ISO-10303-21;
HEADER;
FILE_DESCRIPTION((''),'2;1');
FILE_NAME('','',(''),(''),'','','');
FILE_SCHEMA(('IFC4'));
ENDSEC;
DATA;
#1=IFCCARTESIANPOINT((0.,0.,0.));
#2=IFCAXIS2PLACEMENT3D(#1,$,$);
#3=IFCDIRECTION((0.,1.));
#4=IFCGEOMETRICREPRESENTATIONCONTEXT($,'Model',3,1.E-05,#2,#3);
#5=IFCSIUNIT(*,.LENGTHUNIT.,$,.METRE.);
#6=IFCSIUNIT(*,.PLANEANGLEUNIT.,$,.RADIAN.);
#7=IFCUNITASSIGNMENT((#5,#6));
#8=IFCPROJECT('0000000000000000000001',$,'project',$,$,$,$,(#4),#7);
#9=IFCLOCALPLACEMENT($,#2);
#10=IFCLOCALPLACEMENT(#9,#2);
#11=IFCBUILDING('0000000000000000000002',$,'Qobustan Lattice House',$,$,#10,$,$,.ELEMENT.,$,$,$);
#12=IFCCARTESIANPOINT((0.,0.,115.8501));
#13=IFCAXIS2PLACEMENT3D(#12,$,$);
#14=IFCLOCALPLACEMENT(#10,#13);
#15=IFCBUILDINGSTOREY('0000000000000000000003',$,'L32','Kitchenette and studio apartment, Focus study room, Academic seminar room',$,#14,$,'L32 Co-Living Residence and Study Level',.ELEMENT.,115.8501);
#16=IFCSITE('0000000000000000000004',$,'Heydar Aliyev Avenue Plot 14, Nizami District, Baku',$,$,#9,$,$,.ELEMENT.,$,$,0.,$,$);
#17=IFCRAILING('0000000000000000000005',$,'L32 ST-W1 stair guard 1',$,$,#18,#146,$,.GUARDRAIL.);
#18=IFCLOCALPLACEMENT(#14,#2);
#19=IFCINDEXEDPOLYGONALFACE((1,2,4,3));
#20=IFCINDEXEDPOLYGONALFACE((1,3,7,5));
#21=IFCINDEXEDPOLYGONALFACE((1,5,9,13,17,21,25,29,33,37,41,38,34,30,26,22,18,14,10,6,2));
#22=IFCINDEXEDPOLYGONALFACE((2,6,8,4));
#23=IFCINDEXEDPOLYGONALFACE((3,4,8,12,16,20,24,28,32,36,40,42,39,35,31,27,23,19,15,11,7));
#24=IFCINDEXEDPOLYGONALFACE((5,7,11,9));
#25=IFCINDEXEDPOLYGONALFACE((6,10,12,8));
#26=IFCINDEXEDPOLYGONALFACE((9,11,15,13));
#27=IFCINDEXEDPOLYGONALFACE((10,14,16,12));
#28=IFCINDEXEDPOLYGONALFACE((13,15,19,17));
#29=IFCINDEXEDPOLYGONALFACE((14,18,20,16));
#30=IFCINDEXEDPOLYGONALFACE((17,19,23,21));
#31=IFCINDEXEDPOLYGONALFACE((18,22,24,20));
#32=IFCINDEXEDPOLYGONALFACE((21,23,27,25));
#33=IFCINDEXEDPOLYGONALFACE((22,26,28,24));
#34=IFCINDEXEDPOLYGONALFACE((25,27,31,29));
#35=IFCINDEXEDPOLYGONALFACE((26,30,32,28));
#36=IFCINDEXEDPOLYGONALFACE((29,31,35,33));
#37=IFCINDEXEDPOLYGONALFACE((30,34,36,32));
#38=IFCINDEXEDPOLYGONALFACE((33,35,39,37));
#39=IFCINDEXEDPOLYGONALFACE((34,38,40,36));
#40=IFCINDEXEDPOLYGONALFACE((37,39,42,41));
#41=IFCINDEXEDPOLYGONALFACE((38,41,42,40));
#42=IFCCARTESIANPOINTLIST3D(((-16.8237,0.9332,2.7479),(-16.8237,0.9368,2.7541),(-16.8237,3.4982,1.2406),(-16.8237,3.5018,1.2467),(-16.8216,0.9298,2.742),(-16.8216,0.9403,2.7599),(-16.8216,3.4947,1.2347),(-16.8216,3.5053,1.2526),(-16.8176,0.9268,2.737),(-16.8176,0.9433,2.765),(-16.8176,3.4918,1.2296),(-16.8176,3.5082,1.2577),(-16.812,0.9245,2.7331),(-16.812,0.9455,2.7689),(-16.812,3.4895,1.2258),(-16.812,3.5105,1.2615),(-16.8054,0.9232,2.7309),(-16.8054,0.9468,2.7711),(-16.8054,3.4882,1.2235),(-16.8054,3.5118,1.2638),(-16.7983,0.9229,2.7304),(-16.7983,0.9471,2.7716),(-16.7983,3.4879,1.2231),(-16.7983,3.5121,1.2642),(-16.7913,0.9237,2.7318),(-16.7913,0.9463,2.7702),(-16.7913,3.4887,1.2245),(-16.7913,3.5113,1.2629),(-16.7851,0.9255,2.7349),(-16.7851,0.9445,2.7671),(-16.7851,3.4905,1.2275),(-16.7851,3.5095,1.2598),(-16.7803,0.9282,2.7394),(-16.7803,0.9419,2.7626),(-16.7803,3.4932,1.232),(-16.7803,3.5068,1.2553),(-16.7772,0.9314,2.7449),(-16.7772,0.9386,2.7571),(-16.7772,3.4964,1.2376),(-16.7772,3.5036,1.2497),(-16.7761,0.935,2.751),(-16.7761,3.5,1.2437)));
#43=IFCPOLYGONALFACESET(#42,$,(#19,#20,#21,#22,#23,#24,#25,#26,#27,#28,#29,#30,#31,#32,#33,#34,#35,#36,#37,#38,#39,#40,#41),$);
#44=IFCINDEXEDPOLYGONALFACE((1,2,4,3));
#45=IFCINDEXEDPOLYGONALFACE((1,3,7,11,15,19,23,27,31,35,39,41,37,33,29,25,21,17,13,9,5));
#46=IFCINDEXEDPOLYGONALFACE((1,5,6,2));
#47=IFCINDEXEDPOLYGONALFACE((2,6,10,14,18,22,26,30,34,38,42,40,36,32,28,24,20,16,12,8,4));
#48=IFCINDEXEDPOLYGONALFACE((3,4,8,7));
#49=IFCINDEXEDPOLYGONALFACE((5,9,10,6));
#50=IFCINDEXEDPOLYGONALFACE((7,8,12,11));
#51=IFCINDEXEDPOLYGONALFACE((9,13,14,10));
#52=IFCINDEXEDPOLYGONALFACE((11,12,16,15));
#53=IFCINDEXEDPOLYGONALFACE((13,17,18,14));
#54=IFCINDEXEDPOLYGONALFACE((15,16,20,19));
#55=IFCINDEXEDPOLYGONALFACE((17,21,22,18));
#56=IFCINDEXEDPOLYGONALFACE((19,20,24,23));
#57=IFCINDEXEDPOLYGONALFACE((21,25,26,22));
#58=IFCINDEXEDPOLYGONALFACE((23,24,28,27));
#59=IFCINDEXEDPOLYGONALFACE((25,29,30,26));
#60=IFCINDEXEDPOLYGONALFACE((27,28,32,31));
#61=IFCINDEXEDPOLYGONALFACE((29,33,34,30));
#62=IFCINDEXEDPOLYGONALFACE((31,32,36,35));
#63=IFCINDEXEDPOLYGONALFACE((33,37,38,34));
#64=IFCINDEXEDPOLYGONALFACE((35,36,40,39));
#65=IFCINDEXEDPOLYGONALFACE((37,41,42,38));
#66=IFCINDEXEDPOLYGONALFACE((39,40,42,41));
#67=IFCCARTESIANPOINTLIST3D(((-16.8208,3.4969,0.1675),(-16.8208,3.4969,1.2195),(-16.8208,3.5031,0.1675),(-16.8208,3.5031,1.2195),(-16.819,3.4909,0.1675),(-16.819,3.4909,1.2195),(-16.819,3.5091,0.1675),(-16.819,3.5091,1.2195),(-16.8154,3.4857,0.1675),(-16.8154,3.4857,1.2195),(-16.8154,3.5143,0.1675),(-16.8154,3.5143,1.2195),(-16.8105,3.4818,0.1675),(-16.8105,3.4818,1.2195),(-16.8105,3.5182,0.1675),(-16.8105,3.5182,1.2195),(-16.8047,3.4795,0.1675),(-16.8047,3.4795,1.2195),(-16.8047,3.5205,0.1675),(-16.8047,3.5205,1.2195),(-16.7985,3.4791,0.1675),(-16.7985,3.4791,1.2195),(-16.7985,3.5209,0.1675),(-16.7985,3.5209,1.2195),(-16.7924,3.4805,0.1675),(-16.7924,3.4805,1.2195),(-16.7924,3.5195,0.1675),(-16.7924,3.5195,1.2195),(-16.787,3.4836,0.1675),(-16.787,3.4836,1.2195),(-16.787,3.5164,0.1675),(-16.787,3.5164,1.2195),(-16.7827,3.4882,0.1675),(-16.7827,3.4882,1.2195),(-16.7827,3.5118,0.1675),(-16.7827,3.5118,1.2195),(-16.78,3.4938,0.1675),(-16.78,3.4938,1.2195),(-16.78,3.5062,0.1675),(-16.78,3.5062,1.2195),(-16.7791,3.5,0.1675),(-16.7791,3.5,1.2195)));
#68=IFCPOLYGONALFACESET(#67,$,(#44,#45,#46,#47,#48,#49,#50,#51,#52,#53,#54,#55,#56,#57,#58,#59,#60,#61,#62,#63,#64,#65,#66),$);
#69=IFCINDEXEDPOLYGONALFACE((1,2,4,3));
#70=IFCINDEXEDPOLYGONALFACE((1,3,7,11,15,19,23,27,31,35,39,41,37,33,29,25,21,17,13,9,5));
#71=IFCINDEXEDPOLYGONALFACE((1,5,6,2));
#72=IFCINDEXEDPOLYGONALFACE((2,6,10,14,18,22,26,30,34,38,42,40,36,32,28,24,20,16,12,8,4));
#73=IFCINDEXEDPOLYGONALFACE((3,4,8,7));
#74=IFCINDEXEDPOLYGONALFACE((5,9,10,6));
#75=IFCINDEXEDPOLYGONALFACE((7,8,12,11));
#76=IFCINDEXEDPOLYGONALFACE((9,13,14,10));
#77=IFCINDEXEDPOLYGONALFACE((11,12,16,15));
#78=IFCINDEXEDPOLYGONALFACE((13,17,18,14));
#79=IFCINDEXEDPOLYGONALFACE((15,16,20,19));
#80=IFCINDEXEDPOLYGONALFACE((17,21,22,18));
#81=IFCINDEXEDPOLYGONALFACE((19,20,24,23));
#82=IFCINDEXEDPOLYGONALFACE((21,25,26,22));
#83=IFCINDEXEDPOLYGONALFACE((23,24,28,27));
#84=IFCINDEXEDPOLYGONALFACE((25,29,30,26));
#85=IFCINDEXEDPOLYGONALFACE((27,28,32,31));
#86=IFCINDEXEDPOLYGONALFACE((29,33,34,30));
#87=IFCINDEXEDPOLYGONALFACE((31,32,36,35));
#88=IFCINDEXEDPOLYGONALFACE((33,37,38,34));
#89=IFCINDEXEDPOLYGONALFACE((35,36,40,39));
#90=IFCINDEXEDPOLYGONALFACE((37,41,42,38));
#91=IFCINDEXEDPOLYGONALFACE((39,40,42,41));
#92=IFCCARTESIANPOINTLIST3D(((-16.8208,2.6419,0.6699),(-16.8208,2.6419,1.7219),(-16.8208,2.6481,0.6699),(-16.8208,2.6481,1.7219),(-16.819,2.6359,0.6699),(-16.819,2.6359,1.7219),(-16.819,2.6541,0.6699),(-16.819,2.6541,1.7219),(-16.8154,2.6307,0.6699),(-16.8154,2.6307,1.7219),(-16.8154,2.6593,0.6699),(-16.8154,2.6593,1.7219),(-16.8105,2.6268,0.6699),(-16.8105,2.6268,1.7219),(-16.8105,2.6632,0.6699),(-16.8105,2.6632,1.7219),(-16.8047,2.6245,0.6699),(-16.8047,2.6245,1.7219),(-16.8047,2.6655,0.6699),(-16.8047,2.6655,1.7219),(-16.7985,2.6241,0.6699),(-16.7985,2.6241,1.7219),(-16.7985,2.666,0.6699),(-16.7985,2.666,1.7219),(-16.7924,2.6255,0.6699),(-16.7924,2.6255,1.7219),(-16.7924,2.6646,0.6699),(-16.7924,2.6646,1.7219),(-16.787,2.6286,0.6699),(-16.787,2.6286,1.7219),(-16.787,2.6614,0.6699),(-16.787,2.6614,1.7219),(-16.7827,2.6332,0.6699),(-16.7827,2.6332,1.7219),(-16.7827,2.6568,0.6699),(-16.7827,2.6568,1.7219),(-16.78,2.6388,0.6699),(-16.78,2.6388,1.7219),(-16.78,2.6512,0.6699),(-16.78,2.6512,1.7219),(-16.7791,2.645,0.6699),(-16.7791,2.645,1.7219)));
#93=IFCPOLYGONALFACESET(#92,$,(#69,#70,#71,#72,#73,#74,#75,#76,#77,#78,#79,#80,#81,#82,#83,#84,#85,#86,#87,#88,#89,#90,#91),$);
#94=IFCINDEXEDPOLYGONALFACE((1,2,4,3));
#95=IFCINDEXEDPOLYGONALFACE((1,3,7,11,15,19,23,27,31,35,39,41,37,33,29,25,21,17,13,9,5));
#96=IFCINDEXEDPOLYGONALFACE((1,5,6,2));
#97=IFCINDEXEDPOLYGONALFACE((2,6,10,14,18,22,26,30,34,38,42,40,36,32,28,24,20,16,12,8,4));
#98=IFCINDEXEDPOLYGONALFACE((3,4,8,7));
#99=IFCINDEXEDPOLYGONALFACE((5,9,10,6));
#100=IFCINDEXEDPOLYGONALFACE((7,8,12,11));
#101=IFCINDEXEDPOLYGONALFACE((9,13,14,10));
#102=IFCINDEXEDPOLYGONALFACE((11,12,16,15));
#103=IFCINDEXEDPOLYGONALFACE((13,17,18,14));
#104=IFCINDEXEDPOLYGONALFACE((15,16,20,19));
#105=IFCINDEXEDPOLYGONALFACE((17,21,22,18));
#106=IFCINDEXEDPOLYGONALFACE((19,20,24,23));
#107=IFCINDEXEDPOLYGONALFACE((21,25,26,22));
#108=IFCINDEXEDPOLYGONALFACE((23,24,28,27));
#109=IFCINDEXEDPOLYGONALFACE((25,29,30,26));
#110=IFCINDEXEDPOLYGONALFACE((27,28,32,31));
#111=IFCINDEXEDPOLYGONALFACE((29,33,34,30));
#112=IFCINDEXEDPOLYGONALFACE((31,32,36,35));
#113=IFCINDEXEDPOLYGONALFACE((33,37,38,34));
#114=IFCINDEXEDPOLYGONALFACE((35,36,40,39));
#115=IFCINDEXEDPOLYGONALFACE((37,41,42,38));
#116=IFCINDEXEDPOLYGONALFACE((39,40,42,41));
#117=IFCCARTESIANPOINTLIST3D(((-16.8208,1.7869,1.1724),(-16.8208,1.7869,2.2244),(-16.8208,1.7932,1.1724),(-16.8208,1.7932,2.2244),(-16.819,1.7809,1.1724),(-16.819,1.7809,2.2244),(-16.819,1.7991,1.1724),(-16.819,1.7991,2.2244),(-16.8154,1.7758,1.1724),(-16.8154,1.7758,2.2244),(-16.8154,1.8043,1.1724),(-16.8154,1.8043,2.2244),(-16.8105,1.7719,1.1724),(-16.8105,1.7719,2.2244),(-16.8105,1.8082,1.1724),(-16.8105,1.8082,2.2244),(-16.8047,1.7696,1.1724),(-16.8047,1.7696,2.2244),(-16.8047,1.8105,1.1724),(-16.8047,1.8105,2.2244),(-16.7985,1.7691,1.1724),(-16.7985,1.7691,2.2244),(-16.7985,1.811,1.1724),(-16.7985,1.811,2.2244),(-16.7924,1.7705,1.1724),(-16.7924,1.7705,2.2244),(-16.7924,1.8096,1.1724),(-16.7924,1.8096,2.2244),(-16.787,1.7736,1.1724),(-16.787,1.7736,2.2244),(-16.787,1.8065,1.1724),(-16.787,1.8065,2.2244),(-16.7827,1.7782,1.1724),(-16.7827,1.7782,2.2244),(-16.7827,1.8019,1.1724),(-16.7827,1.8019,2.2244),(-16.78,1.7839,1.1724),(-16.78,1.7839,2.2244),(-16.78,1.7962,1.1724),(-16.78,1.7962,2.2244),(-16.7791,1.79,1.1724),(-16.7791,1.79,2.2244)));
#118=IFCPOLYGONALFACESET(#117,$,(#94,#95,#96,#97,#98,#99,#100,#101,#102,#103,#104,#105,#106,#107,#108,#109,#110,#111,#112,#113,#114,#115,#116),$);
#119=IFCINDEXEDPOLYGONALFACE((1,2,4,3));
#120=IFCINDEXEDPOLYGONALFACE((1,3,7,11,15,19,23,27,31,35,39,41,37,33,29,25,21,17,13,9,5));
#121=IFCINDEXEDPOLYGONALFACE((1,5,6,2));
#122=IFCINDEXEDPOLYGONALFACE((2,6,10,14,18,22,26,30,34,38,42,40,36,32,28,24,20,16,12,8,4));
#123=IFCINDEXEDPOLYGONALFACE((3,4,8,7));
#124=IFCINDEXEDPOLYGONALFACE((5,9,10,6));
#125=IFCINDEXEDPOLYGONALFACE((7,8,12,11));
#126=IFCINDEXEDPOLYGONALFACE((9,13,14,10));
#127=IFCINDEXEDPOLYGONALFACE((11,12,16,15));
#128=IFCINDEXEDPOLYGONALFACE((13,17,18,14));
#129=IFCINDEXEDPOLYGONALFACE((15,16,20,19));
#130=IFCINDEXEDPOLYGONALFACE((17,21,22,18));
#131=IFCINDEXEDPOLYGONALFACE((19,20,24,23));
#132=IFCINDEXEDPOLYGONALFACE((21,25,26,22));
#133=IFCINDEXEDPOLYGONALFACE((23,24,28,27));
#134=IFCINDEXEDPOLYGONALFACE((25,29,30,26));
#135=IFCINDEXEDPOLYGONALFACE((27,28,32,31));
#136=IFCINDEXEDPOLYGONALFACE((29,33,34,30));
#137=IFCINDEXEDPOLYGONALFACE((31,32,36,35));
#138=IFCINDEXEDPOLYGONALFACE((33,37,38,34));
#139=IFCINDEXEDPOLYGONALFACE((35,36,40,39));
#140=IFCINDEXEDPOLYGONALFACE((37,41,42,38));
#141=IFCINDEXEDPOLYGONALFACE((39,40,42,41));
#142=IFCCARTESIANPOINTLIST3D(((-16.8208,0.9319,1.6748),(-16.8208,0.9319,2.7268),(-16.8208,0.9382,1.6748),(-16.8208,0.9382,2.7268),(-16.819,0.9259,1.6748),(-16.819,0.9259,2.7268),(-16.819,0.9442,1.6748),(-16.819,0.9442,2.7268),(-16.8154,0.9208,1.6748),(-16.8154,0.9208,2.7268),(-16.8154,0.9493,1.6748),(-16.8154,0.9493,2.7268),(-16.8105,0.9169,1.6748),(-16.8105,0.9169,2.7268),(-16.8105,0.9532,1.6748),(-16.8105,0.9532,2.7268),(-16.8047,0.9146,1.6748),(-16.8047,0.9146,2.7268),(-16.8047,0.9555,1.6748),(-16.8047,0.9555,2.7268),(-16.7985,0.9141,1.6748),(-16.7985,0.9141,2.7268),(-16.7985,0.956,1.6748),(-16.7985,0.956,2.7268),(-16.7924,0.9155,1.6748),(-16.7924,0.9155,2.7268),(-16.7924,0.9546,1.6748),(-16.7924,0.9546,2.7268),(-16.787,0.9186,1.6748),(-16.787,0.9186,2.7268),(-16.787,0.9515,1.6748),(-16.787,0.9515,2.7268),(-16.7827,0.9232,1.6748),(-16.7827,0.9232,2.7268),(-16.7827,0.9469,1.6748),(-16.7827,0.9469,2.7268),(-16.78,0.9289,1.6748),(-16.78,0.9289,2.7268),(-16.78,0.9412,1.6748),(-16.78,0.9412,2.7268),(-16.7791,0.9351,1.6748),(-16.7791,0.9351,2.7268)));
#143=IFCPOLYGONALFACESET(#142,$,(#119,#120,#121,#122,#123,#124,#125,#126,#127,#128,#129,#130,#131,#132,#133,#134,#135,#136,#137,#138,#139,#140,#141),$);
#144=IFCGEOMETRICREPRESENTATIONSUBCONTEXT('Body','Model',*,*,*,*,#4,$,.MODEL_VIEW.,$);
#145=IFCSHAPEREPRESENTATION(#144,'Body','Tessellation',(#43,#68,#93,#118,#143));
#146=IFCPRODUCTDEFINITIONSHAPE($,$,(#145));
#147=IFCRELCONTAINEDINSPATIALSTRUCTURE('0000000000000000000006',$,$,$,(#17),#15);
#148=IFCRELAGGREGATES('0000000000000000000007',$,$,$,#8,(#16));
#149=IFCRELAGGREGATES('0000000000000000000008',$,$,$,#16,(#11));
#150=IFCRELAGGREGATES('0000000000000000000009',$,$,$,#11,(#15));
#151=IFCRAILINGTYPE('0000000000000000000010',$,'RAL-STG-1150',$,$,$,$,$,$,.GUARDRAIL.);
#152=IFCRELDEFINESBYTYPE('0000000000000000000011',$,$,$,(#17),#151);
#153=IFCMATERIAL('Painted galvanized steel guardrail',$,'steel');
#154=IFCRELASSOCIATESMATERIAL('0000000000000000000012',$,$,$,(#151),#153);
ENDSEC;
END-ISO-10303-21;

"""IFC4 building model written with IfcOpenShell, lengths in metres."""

from ifc_helpers import new_model, si_unit, direction, frame, origin, origin_2d, place, context, subcontext, project, spatial, circle, extrude, material, type_object, element, save


model = new_model("IFC4")

# Units and contexts
model_context = context("Model", 3, precision=1e-05, world=origin(), true_north=direction((0.0, 1.0)))
body_context = subcontext(model_context, "Body", "Model", "MODEL_VIEW")
ifc_project = project(units=[si_unit("LENGTHUNIT", "METRE"), si_unit("PLANEANGLEUNIT", "RADIAN")], contexts=[model_context])

# Site, building, storey
site_placement = place(None, origin())
site = spatial("IfcSite", under=ifc_project, at=site_placement, Name="Heydar Aliyev Avenue Plot 14, Nizami District, Baku", CompositionType="ELEMENT", RefElevation=0.0)
building_placement = place(site_placement, origin())
building = spatial("IfcBuilding", under=site, at=building_placement, Name="Qobustan Lattice House", CompositionType="ELEMENT")
storey_placement = place(building_placement, frame((0.0, 0.0, 115.8501)))
storey = spatial("IfcBuildingStorey", under=building, at=storey_placement, Name="L32", Description="Kitchenette and studio apartment, Focus study room, Academic seminar room", LongName="L32 Co-Living Residence and Study Level", CompositionType="ELEMENT", Elevation=115.8501)

# Railing
ifc_material_1 = material(Name="Painted galvanized steel guardrail", Category="steel")
railing_type_1 = type_object("IfcRailingType", Name="RAL-STG-1150", PredefinedType="GUARDRAIL", material=ifc_material_1)
railing_1_placement = place(storey_placement, frame((-16.8, 3.5, 0.1675)))
element("IfcRailing", 1, at=railing_1_placement, inside=storey, type_object=railing_type_1, Name="L32 ST-W1 stair guard 1", PredefinedType="GUARDRAIL", context=body_context, shape_type="SweptSolid", body=[
    extrude(circle(Radius=0.0239, at=origin_2d()), frame((0.0, 0.0, 1.0762), z_axis=(0.0, -0.862149, 0.506654), x_axis=(1.0, 0.0, 0.0)), (0.0, 0.0, 1.0), 2.9751),
    extrude(circle(Radius=0.021, at=origin_2d()), origin(), (0.0, 0.0, 1.0), 1.052),
    extrude(circle(Radius=0.021, at=origin_2d()), frame((0.0, -0.855, 0.5024)), (0.0, 0.0, 1.0), 1.052),
    extrude(circle(Radius=0.021, at=origin_2d()), frame((0.0, -1.71, 1.0049)), (0.0, 0.0, 1.0), 1.052),
    extrude(circle(Radius=0.021, at=origin_2d()), frame((0.0, -2.5649, 1.5073)), (0.0, 0.0, 1.0), 1.052),
])

save(model, "model.ifc")
